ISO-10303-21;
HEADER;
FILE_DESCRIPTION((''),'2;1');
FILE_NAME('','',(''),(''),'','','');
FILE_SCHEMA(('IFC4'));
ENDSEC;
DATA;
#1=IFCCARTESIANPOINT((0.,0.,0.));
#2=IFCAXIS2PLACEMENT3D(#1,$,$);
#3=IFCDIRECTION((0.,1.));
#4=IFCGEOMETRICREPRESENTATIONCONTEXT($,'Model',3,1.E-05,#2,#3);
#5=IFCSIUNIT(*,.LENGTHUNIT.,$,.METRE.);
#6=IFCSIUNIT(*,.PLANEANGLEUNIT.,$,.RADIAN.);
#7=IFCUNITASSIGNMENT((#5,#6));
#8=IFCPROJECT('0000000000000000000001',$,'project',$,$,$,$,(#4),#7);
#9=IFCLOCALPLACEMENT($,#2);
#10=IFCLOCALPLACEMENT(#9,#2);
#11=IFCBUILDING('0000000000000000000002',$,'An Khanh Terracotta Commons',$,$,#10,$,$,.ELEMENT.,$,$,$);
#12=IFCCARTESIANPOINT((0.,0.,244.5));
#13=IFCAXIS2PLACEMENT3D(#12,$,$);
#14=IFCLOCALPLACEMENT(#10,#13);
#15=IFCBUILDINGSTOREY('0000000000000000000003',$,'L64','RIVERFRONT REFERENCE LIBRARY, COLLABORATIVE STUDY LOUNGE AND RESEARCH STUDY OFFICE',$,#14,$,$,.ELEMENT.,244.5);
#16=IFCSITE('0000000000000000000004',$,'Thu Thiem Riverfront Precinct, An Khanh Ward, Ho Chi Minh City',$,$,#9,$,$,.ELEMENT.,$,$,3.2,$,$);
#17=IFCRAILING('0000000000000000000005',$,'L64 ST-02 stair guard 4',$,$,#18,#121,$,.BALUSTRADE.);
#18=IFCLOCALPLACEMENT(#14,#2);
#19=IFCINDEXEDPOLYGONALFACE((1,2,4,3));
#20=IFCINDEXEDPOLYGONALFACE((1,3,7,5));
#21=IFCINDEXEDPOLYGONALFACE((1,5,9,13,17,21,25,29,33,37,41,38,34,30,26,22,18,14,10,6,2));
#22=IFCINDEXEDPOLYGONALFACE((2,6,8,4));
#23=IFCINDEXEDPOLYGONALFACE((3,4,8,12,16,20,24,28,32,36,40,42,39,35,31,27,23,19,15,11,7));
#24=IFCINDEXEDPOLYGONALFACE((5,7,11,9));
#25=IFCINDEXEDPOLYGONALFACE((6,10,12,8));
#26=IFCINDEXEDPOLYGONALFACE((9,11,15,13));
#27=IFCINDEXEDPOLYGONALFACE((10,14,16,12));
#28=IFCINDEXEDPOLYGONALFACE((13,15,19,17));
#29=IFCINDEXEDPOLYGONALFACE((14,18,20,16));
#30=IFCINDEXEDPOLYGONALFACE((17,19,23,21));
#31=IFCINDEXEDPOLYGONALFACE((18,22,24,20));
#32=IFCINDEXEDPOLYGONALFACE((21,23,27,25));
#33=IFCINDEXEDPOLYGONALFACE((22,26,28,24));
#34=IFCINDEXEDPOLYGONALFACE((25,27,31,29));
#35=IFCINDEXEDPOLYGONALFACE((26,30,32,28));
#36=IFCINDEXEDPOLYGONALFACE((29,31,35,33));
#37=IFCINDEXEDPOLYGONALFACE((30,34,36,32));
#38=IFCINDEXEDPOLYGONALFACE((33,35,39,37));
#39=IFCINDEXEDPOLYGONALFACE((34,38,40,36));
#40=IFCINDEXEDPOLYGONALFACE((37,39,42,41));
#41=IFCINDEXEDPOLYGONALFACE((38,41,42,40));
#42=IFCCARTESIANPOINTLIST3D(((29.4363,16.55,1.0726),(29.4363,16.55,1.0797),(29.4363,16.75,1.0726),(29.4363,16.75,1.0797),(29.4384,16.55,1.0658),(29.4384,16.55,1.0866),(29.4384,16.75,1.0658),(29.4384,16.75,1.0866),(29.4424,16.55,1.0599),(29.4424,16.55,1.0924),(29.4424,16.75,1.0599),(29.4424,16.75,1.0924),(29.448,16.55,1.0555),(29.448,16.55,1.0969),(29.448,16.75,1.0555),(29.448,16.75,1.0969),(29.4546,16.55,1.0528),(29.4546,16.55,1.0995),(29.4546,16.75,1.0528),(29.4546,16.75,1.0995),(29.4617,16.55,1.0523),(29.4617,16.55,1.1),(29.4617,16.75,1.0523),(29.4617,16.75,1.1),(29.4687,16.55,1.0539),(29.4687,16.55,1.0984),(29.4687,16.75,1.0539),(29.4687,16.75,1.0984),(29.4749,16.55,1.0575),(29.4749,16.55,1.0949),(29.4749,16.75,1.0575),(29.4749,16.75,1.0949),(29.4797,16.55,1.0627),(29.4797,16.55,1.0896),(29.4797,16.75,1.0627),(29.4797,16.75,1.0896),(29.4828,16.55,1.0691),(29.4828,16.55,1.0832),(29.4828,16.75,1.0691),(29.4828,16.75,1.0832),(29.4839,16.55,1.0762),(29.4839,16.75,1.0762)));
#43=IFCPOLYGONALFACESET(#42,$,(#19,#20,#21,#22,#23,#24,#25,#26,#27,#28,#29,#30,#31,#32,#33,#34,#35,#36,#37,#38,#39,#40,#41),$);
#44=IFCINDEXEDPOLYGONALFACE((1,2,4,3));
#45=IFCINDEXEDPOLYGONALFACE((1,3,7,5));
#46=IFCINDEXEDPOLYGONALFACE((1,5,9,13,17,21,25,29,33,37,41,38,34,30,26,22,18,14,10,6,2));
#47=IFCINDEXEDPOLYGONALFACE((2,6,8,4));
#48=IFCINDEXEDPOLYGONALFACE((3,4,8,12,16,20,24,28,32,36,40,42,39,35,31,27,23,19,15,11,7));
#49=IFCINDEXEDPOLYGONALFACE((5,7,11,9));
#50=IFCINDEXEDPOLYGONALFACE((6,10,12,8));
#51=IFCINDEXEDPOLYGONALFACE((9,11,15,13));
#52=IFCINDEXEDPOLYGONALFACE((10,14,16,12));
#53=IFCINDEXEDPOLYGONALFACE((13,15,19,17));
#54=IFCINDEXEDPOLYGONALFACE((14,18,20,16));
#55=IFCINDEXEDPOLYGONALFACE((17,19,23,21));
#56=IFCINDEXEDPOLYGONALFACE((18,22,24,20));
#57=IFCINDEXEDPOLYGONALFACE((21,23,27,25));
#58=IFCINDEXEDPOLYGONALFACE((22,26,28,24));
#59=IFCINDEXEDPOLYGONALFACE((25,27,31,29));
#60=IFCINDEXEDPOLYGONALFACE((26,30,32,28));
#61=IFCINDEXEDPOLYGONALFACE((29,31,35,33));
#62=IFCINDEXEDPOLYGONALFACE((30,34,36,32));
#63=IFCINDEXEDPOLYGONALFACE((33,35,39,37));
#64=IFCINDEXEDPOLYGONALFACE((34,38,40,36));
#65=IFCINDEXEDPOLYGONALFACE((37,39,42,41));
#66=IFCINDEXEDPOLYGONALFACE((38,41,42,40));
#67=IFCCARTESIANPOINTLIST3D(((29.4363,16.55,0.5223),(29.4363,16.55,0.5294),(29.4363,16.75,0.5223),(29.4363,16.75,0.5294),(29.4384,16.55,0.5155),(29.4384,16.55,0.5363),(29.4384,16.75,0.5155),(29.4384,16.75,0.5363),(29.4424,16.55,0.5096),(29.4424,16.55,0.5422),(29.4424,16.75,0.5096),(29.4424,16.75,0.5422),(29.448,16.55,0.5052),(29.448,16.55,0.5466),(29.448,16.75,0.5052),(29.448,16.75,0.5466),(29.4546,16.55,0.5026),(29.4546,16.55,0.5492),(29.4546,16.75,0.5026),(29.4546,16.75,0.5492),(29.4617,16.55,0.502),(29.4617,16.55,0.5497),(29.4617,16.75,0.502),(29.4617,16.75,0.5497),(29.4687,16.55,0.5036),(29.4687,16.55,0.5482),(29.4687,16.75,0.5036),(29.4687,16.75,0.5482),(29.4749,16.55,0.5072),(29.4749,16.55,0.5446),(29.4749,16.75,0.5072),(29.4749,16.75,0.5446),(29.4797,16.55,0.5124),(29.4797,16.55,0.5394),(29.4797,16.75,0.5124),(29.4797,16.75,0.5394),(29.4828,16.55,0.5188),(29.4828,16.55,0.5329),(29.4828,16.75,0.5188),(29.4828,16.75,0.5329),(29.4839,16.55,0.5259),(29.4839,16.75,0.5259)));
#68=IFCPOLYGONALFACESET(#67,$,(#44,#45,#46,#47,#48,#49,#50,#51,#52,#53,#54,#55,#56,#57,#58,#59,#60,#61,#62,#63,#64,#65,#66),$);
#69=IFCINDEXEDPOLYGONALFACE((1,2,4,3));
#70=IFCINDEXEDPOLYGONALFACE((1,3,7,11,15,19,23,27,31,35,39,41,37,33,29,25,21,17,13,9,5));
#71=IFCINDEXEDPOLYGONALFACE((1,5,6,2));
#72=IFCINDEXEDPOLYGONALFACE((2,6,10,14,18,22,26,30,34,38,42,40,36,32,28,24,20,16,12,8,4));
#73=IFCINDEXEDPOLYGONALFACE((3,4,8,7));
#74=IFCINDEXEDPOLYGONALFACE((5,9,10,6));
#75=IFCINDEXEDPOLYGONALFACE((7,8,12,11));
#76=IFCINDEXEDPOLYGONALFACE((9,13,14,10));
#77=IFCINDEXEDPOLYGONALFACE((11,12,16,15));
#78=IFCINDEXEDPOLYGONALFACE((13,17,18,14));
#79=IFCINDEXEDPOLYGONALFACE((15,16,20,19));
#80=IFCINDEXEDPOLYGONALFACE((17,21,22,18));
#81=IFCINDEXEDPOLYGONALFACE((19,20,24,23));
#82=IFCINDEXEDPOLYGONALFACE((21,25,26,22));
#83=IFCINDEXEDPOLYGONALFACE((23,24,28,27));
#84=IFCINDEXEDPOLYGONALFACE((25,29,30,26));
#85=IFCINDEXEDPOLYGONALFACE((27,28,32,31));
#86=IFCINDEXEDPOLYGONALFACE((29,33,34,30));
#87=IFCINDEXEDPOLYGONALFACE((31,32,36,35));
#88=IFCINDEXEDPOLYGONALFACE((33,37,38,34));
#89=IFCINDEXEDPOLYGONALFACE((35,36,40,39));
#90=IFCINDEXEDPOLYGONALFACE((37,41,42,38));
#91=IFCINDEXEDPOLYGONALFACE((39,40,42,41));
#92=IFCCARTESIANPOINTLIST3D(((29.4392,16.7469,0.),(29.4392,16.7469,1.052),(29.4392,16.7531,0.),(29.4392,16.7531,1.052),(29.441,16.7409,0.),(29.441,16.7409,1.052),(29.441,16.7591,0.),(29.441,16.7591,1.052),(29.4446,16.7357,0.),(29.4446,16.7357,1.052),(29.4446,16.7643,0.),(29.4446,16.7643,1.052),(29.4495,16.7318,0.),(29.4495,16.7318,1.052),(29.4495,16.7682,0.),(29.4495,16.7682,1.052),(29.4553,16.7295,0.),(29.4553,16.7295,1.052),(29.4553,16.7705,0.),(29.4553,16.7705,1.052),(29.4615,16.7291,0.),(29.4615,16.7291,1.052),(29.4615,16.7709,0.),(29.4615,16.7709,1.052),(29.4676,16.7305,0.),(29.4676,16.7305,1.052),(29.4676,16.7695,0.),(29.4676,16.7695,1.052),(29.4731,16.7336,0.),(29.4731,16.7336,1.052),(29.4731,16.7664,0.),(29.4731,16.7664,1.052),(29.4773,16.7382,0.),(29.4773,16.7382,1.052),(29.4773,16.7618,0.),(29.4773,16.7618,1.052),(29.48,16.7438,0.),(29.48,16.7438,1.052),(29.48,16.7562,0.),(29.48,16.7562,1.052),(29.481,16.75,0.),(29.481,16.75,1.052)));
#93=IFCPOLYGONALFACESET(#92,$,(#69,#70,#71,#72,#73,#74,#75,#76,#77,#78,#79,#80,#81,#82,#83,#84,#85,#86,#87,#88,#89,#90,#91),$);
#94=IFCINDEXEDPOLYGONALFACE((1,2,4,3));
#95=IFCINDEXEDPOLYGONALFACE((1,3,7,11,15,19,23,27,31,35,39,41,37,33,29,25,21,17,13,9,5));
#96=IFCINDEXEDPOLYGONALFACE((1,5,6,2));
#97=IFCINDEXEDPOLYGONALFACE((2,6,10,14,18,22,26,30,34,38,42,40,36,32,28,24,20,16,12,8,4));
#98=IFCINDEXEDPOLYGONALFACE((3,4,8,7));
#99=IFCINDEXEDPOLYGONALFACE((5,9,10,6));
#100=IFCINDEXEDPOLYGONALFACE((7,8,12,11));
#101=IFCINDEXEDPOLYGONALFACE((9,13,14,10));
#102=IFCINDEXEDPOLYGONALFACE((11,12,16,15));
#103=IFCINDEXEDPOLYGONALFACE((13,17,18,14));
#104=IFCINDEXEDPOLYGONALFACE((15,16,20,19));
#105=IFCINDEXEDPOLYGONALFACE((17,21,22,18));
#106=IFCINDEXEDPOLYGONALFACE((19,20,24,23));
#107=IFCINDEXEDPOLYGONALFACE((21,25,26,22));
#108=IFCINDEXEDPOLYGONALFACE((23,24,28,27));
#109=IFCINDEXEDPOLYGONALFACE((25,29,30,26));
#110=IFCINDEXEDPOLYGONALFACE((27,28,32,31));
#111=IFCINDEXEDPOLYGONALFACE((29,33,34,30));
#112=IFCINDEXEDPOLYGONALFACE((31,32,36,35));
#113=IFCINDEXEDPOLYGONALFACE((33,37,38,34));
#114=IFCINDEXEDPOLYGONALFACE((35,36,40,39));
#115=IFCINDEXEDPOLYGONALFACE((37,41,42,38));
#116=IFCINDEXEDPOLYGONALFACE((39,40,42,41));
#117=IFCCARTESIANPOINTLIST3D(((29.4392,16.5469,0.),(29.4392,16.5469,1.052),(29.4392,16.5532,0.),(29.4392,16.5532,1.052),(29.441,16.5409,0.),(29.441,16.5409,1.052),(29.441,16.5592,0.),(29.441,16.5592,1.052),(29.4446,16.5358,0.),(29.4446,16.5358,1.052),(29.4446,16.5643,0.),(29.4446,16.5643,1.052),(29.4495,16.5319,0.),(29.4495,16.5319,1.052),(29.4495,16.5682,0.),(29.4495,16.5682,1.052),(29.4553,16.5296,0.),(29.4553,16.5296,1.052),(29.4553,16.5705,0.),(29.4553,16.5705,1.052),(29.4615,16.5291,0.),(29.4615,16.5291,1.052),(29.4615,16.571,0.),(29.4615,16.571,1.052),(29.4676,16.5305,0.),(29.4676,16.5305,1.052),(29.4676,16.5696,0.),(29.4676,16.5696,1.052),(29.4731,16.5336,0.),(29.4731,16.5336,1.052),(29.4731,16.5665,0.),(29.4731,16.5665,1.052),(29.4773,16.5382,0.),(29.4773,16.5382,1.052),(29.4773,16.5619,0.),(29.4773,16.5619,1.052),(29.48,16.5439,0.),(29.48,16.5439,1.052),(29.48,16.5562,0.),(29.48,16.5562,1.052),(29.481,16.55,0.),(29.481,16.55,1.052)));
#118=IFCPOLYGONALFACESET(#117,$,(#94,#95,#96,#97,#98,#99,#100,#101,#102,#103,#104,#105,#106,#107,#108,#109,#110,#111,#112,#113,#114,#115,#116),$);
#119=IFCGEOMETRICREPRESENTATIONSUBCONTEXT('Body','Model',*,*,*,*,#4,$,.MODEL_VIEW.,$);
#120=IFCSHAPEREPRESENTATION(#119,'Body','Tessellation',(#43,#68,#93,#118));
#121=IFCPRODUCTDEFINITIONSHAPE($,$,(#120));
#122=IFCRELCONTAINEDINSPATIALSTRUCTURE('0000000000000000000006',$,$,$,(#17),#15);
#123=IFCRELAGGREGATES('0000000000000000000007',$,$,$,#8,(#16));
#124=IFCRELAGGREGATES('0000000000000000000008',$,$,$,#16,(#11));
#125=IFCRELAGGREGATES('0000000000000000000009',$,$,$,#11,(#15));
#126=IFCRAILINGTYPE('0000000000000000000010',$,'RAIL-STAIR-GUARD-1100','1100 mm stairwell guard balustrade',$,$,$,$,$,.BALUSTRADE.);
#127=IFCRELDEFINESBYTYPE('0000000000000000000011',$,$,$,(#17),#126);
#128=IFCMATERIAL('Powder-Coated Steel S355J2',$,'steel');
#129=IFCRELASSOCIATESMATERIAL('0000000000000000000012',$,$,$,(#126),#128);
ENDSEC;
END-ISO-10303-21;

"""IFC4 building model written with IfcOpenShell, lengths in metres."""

from ifc_helpers import new_model, si_unit, direction, frame, origin, origin_2d, place, context, subcontext, project, spatial, circle, extrude, material, type_object, element, save


model = new_model("IFC4")

# Units and contexts
model_context = context("Model", 3, precision=1e-05, world=origin(), true_north=direction((0.0, 1.0)))
body_context = subcontext(model_context, "Body", "Model", "MODEL_VIEW")
ifc_project = project(units=[si_unit("LENGTHUNIT", "METRE"), si_unit("PLANEANGLEUNIT", "RADIAN")], contexts=[model_context])

# Site, building, storey
site_placement = place(None, origin())
site = spatial("IfcSite", under=ifc_project, at=site_placement, Name="Thu Thiem Riverfront Precinct, An Khanh Ward, Ho Chi Minh City", CompositionType="ELEMENT", RefElevation=3.2)
building_placement = place(site_placement, origin())
building = spatial("IfcBuilding", under=site, at=building_placement, Name="An Khanh Terracotta Commons", CompositionType="ELEMENT")
storey_placement = place(building_placement, frame((0.0, 0.0, 244.5)))
storey = spatial("IfcBuildingStorey", under=building, at=storey_placement, Name="L64", Description="RIVERFRONT REFERENCE LIBRARY, COLLABORATIVE STUDY LOUNGE AND RESEARCH STUDY OFFICE", CompositionType="ELEMENT", Elevation=244.5)

# Railing
ifc_material_1 = material(Name="Powder-Coated Steel S355J2", Category="steel")
railing_type_1 = type_object("IfcRailingType", Name="RAIL-STAIR-GUARD-1100", Description="1100 mm stairwell guard balustrade", PredefinedType="BALUSTRADE", material=ifc_material_1)
railing_1_placement = place(storey_placement, frame((29.46, 16.75, 0.0)))
element("IfcRailing", 1, at=railing_1_placement, inside=storey, type_object=railing_type_1, Name="L64 ST-02 stair guard 4", PredefinedType="BALUSTRADE", context=body_context, shape_type="SweptSolid", body=[
    extrude(circle(Radius=0.0239, at=origin_2d()), frame((0.0, 0.0, 1.0762), z_axis=(0.0, -1.0, 0.0), x_axis=(1.0, 0.0, 0.0)), (0.0, 0.0, 1.0), 0.2),
    extrude(circle(Radius=0.0239, at=origin_2d()), frame((0.0, 0.0, 0.5259), z_axis=(0.0, -1.0, 0.0), x_axis=(1.0, 0.0, 0.0)), (0.0, 0.0, 1.0), 0.2),
    extrude(circle(Radius=0.021, at=origin_2d()), origin(), (0.0, 0.0, 1.0), 1.052),
    extrude(circle(Radius=0.021, at=origin_2d()), frame((0.0, -0.2, 0.0)), (0.0, 0.0, 1.0), 1.052),
])

save(model, "model.ifc")
